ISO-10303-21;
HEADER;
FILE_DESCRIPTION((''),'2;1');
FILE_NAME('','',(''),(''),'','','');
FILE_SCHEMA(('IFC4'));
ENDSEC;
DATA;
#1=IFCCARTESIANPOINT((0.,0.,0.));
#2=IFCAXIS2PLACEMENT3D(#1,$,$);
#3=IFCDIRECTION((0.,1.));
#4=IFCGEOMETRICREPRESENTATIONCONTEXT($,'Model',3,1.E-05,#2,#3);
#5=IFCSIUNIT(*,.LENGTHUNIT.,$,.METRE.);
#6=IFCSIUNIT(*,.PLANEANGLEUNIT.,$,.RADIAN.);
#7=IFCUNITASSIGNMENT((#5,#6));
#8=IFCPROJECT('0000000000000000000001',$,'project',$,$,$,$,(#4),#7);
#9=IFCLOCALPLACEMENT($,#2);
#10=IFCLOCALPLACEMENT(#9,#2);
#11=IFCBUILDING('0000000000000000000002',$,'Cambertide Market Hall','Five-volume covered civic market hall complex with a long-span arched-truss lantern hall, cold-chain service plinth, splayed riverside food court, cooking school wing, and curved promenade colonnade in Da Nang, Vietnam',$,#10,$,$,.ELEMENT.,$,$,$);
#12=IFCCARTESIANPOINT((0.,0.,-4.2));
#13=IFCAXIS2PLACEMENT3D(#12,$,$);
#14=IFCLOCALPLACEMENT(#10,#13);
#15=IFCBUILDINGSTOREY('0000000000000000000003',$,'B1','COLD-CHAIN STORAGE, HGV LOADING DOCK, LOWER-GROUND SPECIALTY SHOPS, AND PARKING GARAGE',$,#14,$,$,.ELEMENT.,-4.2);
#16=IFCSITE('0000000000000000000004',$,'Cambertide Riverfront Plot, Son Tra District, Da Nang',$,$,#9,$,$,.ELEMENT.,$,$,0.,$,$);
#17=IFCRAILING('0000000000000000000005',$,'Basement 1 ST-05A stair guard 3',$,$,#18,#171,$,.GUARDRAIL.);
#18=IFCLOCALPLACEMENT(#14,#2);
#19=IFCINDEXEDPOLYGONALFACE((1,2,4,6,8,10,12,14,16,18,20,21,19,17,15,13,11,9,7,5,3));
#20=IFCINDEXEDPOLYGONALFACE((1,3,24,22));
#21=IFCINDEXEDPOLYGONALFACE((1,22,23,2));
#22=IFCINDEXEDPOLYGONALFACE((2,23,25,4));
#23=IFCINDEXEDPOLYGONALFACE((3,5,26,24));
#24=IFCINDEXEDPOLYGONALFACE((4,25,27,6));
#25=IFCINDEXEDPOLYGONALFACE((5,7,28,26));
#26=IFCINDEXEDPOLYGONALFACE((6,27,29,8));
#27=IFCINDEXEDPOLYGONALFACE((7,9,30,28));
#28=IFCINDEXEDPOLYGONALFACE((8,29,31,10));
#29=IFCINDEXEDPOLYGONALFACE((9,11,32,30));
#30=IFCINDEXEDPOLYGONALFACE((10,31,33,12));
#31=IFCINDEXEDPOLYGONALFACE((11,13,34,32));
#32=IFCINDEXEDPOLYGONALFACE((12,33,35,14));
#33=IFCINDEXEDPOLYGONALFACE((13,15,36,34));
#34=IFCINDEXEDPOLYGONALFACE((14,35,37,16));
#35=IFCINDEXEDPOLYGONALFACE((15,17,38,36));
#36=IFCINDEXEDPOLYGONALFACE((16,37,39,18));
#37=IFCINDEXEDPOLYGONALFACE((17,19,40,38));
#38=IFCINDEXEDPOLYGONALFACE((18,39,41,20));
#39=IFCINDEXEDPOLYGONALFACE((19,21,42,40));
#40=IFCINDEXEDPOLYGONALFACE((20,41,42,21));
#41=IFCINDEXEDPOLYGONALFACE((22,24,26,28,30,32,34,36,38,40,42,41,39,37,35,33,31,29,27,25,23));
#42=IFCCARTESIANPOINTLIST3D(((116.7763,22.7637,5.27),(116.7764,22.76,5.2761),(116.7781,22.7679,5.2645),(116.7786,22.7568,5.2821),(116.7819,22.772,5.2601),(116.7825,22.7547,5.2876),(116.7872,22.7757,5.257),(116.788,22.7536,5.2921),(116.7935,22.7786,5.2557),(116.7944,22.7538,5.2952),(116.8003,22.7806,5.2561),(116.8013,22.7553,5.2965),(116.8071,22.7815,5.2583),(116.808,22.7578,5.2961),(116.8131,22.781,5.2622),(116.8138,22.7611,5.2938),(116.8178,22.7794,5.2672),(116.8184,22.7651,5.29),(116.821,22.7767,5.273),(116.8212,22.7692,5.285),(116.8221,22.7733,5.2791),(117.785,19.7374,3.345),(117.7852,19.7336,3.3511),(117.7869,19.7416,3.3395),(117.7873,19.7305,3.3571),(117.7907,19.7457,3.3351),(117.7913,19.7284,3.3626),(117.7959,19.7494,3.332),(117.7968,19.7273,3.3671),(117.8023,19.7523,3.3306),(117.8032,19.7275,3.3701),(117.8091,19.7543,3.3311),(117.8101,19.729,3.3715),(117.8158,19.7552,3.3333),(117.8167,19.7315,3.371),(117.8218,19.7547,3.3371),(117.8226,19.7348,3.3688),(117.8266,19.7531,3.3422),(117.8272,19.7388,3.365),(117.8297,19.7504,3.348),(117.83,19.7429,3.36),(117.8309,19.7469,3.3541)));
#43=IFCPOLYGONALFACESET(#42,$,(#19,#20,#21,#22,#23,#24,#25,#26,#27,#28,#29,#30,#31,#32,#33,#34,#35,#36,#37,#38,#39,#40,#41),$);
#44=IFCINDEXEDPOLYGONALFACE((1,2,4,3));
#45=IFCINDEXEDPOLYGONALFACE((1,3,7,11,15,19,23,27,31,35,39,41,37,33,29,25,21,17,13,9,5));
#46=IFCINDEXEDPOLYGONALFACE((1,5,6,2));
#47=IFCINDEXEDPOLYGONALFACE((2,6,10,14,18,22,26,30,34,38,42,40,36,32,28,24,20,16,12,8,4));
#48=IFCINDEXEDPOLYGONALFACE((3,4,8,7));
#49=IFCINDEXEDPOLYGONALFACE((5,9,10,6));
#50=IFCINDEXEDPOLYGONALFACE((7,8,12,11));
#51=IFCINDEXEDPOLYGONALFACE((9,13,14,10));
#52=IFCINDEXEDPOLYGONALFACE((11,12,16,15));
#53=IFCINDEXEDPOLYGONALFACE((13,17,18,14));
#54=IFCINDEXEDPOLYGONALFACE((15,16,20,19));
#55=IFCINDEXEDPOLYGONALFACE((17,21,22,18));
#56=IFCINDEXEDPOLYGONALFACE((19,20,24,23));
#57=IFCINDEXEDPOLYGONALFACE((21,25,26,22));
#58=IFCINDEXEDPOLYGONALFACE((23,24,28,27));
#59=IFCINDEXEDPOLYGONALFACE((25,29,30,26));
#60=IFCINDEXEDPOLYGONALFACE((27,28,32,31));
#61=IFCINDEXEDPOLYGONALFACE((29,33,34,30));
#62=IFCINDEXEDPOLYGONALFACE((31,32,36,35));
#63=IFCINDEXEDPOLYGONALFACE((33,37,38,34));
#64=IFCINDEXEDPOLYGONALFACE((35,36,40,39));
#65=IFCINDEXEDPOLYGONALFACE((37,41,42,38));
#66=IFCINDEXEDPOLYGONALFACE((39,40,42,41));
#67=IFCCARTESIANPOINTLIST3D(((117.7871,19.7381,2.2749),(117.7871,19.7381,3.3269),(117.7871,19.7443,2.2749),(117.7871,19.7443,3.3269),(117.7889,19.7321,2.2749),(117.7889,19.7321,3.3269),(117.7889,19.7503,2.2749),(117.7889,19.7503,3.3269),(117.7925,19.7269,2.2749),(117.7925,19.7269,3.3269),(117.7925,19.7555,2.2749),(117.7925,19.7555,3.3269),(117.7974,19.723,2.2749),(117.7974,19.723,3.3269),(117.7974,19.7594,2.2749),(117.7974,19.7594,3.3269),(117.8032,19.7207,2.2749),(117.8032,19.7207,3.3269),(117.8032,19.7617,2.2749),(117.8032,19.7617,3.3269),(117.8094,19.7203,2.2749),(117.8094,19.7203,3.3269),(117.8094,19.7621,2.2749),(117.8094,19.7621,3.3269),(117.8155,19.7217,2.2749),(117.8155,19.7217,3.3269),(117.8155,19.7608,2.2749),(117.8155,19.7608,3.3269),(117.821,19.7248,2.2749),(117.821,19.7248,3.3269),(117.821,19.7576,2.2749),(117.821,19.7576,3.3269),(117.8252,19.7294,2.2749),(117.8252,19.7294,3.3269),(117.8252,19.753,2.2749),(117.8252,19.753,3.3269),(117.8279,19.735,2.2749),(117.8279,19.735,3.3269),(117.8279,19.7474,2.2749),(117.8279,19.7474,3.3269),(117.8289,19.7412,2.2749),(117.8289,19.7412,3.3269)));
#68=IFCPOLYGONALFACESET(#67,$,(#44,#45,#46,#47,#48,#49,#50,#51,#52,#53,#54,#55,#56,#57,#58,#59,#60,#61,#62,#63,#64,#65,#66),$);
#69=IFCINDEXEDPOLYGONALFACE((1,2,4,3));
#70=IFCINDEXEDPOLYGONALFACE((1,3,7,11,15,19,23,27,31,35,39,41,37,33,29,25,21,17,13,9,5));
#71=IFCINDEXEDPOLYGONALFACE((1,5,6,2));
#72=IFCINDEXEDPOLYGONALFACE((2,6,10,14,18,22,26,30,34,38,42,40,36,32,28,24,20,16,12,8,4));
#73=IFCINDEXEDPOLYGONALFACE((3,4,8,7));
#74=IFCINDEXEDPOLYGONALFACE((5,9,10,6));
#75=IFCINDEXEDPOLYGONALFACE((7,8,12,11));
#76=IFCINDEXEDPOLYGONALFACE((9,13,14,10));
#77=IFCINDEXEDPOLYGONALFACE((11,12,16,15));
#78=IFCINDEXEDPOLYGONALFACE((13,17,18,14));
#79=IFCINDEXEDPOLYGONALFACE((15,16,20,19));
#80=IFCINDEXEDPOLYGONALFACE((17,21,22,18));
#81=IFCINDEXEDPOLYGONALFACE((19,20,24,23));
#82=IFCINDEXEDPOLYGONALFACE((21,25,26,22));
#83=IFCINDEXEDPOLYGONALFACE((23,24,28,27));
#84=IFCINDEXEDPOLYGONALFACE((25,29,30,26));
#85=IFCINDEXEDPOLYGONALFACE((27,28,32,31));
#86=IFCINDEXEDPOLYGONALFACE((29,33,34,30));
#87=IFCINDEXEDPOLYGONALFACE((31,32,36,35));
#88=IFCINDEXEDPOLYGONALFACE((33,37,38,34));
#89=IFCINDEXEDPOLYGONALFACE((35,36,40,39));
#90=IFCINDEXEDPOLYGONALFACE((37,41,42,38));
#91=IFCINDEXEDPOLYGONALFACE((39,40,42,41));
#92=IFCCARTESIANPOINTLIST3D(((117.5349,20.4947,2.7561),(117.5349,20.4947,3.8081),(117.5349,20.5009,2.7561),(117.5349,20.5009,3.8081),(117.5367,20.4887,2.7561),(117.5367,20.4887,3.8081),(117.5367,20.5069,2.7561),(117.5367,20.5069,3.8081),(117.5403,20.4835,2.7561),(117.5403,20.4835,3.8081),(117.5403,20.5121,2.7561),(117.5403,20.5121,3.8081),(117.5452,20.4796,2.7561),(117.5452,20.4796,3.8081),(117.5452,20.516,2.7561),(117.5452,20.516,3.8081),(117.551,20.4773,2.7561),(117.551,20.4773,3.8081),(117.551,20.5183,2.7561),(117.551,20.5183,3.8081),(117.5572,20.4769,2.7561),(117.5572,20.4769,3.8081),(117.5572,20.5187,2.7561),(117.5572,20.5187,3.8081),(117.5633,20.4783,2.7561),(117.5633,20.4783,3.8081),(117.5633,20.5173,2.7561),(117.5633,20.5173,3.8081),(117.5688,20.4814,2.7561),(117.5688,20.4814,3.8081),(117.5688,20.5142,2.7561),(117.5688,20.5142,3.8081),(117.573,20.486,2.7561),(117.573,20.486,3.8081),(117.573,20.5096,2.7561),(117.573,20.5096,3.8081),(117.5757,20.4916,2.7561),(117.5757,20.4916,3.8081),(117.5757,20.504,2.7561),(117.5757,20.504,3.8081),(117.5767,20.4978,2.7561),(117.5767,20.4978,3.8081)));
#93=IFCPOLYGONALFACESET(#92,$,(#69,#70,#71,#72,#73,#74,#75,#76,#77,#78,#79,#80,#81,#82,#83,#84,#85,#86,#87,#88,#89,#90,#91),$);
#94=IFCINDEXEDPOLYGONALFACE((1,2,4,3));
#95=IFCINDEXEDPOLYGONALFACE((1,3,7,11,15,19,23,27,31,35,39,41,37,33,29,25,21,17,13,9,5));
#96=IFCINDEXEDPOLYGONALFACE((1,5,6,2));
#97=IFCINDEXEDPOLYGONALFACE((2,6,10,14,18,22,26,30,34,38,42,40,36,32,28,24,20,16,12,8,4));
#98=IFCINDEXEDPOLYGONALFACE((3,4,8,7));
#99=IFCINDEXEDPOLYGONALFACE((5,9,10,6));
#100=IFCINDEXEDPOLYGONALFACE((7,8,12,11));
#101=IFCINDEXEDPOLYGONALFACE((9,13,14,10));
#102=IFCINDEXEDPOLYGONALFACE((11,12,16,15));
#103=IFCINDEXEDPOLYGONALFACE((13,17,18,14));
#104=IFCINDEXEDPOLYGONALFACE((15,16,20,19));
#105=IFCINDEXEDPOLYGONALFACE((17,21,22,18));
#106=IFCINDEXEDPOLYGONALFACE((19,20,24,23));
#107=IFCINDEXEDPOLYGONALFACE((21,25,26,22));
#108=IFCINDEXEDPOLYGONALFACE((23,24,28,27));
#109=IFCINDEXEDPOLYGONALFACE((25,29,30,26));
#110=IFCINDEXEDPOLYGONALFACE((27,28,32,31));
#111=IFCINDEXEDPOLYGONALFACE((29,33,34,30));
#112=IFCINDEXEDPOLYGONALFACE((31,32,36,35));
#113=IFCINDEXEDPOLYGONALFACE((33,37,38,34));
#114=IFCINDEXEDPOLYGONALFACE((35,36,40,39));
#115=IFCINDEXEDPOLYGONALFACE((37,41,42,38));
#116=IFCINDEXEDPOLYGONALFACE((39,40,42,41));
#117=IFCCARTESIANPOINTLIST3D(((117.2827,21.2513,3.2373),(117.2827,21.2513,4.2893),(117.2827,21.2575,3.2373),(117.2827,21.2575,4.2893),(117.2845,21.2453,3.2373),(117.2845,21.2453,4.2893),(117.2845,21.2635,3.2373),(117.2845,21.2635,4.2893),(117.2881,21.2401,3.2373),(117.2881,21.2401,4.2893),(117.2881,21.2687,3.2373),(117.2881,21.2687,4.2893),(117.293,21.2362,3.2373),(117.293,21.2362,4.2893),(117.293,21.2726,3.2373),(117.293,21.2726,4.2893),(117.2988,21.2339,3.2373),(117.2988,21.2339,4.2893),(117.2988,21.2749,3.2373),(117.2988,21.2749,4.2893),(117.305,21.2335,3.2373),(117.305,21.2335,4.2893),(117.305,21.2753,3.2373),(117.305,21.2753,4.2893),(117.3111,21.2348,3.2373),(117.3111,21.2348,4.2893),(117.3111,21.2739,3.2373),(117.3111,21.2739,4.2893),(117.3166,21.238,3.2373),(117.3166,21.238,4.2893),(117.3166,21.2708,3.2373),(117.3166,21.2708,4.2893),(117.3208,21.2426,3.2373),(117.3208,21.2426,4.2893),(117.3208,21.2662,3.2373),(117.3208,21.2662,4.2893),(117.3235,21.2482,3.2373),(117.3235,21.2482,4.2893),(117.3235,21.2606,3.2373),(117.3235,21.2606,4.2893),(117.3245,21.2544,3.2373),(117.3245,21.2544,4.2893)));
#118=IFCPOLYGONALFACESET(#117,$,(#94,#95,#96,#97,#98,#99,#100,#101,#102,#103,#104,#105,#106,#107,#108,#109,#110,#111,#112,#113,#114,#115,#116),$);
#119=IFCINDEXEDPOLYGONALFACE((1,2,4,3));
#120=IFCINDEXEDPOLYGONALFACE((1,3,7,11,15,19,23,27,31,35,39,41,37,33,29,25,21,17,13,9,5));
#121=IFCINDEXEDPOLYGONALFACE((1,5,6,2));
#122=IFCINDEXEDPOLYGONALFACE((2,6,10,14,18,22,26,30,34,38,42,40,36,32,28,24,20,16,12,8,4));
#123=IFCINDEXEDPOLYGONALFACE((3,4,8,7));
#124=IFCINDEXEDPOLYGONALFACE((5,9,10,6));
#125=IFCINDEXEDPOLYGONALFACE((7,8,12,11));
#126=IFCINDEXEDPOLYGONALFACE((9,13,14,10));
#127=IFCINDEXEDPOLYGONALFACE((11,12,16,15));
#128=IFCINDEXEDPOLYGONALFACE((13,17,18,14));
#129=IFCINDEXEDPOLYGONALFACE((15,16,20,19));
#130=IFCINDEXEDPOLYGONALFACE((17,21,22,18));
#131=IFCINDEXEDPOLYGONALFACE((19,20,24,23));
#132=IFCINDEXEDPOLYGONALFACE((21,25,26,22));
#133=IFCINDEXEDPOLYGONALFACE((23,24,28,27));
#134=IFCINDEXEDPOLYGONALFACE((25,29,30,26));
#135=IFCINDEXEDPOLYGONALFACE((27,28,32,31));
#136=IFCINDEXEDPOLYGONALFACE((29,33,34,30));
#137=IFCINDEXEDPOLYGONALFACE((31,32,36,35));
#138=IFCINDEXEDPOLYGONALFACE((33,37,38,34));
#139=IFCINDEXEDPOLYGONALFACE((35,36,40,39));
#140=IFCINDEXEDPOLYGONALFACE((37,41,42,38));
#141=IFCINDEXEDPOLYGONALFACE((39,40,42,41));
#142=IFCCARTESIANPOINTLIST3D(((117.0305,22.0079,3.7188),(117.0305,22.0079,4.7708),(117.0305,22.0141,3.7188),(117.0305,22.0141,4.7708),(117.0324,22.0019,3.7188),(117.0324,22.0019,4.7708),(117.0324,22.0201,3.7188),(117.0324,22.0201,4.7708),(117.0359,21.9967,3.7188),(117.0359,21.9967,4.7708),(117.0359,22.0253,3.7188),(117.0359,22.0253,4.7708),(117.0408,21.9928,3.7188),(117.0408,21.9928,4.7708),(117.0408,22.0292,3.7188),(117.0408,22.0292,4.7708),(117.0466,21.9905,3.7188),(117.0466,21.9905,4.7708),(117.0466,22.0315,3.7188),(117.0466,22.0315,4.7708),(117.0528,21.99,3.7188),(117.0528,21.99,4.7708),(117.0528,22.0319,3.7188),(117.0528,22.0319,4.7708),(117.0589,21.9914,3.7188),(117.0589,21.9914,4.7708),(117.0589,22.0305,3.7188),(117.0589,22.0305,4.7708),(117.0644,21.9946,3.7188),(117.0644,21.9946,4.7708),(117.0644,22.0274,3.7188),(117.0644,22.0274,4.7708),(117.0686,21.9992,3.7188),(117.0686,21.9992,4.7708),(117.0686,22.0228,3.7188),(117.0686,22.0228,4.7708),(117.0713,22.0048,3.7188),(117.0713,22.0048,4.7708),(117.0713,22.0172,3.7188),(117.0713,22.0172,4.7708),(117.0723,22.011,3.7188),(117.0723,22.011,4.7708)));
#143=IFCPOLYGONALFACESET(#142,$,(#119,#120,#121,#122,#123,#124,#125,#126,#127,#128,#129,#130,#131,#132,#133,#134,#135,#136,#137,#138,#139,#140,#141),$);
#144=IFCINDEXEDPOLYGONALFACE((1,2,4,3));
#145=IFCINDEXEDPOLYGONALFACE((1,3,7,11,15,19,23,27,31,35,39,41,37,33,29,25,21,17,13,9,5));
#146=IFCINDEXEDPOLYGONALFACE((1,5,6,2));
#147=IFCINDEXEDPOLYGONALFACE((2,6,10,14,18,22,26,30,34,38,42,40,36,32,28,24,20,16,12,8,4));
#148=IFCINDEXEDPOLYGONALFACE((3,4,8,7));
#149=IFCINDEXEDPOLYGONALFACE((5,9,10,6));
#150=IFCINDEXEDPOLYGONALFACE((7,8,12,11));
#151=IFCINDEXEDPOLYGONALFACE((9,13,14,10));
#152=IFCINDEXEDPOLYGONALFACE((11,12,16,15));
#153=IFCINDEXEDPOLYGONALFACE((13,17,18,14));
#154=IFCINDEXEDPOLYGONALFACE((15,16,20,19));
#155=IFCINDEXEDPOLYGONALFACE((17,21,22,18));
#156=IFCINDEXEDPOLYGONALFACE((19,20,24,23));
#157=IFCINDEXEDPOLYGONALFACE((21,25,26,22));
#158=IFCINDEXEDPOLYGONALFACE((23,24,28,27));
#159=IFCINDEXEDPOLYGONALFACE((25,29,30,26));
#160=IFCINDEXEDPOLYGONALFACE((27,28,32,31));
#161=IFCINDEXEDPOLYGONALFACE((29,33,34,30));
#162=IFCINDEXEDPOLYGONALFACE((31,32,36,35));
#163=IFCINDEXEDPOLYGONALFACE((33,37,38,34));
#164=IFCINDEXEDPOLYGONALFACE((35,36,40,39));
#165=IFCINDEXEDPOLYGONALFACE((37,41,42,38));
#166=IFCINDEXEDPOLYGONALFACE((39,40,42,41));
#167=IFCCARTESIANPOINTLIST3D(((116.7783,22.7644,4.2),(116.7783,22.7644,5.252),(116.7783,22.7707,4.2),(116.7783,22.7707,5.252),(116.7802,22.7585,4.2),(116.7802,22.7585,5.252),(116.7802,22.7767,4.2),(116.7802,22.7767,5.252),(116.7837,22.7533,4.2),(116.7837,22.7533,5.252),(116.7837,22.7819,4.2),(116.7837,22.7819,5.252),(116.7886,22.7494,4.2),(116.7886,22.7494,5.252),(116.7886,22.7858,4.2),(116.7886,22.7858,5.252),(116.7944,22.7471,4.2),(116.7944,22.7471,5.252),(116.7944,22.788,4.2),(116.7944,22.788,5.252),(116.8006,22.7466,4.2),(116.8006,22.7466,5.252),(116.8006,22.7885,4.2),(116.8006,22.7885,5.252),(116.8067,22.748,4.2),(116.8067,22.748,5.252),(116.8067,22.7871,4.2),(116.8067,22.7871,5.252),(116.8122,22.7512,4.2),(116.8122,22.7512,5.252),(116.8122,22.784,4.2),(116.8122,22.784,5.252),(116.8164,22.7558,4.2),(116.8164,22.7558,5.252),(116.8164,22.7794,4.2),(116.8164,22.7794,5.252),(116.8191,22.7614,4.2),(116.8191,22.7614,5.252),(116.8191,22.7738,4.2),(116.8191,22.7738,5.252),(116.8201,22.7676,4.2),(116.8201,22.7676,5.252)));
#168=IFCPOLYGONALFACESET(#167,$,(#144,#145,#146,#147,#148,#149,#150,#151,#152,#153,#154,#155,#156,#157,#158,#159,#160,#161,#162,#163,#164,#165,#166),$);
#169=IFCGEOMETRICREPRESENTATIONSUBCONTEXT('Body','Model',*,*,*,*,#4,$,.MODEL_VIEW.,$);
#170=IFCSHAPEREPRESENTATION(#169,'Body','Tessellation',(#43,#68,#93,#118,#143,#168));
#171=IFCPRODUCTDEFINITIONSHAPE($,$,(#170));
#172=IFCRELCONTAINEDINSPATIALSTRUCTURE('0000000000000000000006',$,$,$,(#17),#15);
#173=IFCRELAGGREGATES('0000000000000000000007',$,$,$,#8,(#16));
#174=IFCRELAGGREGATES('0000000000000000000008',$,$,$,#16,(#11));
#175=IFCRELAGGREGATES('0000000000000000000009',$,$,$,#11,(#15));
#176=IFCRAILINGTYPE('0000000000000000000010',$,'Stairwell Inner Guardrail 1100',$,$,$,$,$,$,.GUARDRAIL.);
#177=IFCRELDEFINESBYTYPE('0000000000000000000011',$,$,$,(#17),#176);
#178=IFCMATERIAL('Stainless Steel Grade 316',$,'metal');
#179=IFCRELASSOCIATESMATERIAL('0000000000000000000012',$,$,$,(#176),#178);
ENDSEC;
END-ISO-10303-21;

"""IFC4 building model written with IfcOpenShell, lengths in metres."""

from ifc_helpers import new_model, si_unit, direction, frame, origin, origin_2d, place, context, subcontext, project, spatial, circle, extrude, material, type_object, element, save


model = new_model("IFC4")

# Units and contexts
model_context = context("Model", 3, precision=1e-05, world=origin(), true_north=direction((0.0, 1.0)))
body_context = subcontext(model_context, "Body", "Model", "MODEL_VIEW")
ifc_project = project(units=[si_unit("LENGTHUNIT", "METRE"), si_unit("PLANEANGLEUNIT", "RADIAN")], contexts=[model_context])

# Site, building, storey
site_placement = place(None, origin())
site = spatial("IfcSite", under=ifc_project, at=site_placement, Name="Cambertide Riverfront Plot, Son Tra District, Da Nang", CompositionType="ELEMENT", RefElevation=0.0)
building_placement = place(site_placement, origin())
building = spatial("IfcBuilding", under=site, at=building_placement, Name="Cambertide Market Hall", Description="Five-volume covered civic market hall complex with a long-span arched-truss lantern hall, cold-chain service plinth, splayed riverside food court, cooking school wing, and curved promenade colonnade in Da Nang, Vietnam", CompositionType="ELEMENT")
storey_placement = place(building_placement, frame((0.0, 0.0, -4.2)))
storey = spatial("IfcBuildingStorey", under=building, at=storey_placement, Name="B1", Description="COLD-CHAIN STORAGE, HGV LOADING DOCK, LOWER-GROUND SPECIALTY SHOPS, AND PARKING GARAGE", CompositionType="ELEMENT", Elevation=-4.2)

# Railing
ifc_material_1 = material(Name="Stainless Steel Grade 316", Category="metal")
railing_type_1 = type_object("IfcRailingType", Name="Stairwell Inner Guardrail 1100", PredefinedType="GUARDRAIL", material=ifc_material_1)
railing_1_placement = place(storey_placement, frame((117.8079, 19.7412, 2.2749)))
element("IfcRailing", 1, at=railing_1_placement, inside=storey, type_object=railing_type_1, Name="Basement 1 ST-05A stair guard 3", PredefinedType="GUARDRAIL", context=body_context, shape_type="SweptSolid", body=[
    extrude(circle(Radius=0.0239, at=origin_2d()), frame((0.0, 0.0, 1.0762), z_axis=(-0.27075, 0.81225, 0.516666), x_axis=(-0.948683, -0.316228, 0.0)), (0.0, 0.0, 1.0), 3.7258),
    extrude(circle(Radius=0.021, at=origin_2d()), origin(), (0.0, 0.0, 1.0), 1.052),
    extrude(circle(Radius=0.021, at=origin_2d()), frame((-0.2522, 0.7566, 0.4812)), (0.0, 0.0, 1.0), 1.052),
    extrude(circle(Radius=0.021, at=origin_2d()), frame((-0.5044, 1.5132, 0.9624)), (0.0, 0.0, 1.0), 1.052),
    extrude(circle(Radius=0.021, at=origin_2d()), frame((-0.7566, 2.2698, 1.4438)), (0.0, 0.0, 1.0), 1.052),
    extrude(circle(Radius=0.021, at=origin_2d()), frame((-1.0088, 3.0264, 1.925)), (0.0, 0.0, 1.0), 1.052),
])

save(model, "model.ifc")
